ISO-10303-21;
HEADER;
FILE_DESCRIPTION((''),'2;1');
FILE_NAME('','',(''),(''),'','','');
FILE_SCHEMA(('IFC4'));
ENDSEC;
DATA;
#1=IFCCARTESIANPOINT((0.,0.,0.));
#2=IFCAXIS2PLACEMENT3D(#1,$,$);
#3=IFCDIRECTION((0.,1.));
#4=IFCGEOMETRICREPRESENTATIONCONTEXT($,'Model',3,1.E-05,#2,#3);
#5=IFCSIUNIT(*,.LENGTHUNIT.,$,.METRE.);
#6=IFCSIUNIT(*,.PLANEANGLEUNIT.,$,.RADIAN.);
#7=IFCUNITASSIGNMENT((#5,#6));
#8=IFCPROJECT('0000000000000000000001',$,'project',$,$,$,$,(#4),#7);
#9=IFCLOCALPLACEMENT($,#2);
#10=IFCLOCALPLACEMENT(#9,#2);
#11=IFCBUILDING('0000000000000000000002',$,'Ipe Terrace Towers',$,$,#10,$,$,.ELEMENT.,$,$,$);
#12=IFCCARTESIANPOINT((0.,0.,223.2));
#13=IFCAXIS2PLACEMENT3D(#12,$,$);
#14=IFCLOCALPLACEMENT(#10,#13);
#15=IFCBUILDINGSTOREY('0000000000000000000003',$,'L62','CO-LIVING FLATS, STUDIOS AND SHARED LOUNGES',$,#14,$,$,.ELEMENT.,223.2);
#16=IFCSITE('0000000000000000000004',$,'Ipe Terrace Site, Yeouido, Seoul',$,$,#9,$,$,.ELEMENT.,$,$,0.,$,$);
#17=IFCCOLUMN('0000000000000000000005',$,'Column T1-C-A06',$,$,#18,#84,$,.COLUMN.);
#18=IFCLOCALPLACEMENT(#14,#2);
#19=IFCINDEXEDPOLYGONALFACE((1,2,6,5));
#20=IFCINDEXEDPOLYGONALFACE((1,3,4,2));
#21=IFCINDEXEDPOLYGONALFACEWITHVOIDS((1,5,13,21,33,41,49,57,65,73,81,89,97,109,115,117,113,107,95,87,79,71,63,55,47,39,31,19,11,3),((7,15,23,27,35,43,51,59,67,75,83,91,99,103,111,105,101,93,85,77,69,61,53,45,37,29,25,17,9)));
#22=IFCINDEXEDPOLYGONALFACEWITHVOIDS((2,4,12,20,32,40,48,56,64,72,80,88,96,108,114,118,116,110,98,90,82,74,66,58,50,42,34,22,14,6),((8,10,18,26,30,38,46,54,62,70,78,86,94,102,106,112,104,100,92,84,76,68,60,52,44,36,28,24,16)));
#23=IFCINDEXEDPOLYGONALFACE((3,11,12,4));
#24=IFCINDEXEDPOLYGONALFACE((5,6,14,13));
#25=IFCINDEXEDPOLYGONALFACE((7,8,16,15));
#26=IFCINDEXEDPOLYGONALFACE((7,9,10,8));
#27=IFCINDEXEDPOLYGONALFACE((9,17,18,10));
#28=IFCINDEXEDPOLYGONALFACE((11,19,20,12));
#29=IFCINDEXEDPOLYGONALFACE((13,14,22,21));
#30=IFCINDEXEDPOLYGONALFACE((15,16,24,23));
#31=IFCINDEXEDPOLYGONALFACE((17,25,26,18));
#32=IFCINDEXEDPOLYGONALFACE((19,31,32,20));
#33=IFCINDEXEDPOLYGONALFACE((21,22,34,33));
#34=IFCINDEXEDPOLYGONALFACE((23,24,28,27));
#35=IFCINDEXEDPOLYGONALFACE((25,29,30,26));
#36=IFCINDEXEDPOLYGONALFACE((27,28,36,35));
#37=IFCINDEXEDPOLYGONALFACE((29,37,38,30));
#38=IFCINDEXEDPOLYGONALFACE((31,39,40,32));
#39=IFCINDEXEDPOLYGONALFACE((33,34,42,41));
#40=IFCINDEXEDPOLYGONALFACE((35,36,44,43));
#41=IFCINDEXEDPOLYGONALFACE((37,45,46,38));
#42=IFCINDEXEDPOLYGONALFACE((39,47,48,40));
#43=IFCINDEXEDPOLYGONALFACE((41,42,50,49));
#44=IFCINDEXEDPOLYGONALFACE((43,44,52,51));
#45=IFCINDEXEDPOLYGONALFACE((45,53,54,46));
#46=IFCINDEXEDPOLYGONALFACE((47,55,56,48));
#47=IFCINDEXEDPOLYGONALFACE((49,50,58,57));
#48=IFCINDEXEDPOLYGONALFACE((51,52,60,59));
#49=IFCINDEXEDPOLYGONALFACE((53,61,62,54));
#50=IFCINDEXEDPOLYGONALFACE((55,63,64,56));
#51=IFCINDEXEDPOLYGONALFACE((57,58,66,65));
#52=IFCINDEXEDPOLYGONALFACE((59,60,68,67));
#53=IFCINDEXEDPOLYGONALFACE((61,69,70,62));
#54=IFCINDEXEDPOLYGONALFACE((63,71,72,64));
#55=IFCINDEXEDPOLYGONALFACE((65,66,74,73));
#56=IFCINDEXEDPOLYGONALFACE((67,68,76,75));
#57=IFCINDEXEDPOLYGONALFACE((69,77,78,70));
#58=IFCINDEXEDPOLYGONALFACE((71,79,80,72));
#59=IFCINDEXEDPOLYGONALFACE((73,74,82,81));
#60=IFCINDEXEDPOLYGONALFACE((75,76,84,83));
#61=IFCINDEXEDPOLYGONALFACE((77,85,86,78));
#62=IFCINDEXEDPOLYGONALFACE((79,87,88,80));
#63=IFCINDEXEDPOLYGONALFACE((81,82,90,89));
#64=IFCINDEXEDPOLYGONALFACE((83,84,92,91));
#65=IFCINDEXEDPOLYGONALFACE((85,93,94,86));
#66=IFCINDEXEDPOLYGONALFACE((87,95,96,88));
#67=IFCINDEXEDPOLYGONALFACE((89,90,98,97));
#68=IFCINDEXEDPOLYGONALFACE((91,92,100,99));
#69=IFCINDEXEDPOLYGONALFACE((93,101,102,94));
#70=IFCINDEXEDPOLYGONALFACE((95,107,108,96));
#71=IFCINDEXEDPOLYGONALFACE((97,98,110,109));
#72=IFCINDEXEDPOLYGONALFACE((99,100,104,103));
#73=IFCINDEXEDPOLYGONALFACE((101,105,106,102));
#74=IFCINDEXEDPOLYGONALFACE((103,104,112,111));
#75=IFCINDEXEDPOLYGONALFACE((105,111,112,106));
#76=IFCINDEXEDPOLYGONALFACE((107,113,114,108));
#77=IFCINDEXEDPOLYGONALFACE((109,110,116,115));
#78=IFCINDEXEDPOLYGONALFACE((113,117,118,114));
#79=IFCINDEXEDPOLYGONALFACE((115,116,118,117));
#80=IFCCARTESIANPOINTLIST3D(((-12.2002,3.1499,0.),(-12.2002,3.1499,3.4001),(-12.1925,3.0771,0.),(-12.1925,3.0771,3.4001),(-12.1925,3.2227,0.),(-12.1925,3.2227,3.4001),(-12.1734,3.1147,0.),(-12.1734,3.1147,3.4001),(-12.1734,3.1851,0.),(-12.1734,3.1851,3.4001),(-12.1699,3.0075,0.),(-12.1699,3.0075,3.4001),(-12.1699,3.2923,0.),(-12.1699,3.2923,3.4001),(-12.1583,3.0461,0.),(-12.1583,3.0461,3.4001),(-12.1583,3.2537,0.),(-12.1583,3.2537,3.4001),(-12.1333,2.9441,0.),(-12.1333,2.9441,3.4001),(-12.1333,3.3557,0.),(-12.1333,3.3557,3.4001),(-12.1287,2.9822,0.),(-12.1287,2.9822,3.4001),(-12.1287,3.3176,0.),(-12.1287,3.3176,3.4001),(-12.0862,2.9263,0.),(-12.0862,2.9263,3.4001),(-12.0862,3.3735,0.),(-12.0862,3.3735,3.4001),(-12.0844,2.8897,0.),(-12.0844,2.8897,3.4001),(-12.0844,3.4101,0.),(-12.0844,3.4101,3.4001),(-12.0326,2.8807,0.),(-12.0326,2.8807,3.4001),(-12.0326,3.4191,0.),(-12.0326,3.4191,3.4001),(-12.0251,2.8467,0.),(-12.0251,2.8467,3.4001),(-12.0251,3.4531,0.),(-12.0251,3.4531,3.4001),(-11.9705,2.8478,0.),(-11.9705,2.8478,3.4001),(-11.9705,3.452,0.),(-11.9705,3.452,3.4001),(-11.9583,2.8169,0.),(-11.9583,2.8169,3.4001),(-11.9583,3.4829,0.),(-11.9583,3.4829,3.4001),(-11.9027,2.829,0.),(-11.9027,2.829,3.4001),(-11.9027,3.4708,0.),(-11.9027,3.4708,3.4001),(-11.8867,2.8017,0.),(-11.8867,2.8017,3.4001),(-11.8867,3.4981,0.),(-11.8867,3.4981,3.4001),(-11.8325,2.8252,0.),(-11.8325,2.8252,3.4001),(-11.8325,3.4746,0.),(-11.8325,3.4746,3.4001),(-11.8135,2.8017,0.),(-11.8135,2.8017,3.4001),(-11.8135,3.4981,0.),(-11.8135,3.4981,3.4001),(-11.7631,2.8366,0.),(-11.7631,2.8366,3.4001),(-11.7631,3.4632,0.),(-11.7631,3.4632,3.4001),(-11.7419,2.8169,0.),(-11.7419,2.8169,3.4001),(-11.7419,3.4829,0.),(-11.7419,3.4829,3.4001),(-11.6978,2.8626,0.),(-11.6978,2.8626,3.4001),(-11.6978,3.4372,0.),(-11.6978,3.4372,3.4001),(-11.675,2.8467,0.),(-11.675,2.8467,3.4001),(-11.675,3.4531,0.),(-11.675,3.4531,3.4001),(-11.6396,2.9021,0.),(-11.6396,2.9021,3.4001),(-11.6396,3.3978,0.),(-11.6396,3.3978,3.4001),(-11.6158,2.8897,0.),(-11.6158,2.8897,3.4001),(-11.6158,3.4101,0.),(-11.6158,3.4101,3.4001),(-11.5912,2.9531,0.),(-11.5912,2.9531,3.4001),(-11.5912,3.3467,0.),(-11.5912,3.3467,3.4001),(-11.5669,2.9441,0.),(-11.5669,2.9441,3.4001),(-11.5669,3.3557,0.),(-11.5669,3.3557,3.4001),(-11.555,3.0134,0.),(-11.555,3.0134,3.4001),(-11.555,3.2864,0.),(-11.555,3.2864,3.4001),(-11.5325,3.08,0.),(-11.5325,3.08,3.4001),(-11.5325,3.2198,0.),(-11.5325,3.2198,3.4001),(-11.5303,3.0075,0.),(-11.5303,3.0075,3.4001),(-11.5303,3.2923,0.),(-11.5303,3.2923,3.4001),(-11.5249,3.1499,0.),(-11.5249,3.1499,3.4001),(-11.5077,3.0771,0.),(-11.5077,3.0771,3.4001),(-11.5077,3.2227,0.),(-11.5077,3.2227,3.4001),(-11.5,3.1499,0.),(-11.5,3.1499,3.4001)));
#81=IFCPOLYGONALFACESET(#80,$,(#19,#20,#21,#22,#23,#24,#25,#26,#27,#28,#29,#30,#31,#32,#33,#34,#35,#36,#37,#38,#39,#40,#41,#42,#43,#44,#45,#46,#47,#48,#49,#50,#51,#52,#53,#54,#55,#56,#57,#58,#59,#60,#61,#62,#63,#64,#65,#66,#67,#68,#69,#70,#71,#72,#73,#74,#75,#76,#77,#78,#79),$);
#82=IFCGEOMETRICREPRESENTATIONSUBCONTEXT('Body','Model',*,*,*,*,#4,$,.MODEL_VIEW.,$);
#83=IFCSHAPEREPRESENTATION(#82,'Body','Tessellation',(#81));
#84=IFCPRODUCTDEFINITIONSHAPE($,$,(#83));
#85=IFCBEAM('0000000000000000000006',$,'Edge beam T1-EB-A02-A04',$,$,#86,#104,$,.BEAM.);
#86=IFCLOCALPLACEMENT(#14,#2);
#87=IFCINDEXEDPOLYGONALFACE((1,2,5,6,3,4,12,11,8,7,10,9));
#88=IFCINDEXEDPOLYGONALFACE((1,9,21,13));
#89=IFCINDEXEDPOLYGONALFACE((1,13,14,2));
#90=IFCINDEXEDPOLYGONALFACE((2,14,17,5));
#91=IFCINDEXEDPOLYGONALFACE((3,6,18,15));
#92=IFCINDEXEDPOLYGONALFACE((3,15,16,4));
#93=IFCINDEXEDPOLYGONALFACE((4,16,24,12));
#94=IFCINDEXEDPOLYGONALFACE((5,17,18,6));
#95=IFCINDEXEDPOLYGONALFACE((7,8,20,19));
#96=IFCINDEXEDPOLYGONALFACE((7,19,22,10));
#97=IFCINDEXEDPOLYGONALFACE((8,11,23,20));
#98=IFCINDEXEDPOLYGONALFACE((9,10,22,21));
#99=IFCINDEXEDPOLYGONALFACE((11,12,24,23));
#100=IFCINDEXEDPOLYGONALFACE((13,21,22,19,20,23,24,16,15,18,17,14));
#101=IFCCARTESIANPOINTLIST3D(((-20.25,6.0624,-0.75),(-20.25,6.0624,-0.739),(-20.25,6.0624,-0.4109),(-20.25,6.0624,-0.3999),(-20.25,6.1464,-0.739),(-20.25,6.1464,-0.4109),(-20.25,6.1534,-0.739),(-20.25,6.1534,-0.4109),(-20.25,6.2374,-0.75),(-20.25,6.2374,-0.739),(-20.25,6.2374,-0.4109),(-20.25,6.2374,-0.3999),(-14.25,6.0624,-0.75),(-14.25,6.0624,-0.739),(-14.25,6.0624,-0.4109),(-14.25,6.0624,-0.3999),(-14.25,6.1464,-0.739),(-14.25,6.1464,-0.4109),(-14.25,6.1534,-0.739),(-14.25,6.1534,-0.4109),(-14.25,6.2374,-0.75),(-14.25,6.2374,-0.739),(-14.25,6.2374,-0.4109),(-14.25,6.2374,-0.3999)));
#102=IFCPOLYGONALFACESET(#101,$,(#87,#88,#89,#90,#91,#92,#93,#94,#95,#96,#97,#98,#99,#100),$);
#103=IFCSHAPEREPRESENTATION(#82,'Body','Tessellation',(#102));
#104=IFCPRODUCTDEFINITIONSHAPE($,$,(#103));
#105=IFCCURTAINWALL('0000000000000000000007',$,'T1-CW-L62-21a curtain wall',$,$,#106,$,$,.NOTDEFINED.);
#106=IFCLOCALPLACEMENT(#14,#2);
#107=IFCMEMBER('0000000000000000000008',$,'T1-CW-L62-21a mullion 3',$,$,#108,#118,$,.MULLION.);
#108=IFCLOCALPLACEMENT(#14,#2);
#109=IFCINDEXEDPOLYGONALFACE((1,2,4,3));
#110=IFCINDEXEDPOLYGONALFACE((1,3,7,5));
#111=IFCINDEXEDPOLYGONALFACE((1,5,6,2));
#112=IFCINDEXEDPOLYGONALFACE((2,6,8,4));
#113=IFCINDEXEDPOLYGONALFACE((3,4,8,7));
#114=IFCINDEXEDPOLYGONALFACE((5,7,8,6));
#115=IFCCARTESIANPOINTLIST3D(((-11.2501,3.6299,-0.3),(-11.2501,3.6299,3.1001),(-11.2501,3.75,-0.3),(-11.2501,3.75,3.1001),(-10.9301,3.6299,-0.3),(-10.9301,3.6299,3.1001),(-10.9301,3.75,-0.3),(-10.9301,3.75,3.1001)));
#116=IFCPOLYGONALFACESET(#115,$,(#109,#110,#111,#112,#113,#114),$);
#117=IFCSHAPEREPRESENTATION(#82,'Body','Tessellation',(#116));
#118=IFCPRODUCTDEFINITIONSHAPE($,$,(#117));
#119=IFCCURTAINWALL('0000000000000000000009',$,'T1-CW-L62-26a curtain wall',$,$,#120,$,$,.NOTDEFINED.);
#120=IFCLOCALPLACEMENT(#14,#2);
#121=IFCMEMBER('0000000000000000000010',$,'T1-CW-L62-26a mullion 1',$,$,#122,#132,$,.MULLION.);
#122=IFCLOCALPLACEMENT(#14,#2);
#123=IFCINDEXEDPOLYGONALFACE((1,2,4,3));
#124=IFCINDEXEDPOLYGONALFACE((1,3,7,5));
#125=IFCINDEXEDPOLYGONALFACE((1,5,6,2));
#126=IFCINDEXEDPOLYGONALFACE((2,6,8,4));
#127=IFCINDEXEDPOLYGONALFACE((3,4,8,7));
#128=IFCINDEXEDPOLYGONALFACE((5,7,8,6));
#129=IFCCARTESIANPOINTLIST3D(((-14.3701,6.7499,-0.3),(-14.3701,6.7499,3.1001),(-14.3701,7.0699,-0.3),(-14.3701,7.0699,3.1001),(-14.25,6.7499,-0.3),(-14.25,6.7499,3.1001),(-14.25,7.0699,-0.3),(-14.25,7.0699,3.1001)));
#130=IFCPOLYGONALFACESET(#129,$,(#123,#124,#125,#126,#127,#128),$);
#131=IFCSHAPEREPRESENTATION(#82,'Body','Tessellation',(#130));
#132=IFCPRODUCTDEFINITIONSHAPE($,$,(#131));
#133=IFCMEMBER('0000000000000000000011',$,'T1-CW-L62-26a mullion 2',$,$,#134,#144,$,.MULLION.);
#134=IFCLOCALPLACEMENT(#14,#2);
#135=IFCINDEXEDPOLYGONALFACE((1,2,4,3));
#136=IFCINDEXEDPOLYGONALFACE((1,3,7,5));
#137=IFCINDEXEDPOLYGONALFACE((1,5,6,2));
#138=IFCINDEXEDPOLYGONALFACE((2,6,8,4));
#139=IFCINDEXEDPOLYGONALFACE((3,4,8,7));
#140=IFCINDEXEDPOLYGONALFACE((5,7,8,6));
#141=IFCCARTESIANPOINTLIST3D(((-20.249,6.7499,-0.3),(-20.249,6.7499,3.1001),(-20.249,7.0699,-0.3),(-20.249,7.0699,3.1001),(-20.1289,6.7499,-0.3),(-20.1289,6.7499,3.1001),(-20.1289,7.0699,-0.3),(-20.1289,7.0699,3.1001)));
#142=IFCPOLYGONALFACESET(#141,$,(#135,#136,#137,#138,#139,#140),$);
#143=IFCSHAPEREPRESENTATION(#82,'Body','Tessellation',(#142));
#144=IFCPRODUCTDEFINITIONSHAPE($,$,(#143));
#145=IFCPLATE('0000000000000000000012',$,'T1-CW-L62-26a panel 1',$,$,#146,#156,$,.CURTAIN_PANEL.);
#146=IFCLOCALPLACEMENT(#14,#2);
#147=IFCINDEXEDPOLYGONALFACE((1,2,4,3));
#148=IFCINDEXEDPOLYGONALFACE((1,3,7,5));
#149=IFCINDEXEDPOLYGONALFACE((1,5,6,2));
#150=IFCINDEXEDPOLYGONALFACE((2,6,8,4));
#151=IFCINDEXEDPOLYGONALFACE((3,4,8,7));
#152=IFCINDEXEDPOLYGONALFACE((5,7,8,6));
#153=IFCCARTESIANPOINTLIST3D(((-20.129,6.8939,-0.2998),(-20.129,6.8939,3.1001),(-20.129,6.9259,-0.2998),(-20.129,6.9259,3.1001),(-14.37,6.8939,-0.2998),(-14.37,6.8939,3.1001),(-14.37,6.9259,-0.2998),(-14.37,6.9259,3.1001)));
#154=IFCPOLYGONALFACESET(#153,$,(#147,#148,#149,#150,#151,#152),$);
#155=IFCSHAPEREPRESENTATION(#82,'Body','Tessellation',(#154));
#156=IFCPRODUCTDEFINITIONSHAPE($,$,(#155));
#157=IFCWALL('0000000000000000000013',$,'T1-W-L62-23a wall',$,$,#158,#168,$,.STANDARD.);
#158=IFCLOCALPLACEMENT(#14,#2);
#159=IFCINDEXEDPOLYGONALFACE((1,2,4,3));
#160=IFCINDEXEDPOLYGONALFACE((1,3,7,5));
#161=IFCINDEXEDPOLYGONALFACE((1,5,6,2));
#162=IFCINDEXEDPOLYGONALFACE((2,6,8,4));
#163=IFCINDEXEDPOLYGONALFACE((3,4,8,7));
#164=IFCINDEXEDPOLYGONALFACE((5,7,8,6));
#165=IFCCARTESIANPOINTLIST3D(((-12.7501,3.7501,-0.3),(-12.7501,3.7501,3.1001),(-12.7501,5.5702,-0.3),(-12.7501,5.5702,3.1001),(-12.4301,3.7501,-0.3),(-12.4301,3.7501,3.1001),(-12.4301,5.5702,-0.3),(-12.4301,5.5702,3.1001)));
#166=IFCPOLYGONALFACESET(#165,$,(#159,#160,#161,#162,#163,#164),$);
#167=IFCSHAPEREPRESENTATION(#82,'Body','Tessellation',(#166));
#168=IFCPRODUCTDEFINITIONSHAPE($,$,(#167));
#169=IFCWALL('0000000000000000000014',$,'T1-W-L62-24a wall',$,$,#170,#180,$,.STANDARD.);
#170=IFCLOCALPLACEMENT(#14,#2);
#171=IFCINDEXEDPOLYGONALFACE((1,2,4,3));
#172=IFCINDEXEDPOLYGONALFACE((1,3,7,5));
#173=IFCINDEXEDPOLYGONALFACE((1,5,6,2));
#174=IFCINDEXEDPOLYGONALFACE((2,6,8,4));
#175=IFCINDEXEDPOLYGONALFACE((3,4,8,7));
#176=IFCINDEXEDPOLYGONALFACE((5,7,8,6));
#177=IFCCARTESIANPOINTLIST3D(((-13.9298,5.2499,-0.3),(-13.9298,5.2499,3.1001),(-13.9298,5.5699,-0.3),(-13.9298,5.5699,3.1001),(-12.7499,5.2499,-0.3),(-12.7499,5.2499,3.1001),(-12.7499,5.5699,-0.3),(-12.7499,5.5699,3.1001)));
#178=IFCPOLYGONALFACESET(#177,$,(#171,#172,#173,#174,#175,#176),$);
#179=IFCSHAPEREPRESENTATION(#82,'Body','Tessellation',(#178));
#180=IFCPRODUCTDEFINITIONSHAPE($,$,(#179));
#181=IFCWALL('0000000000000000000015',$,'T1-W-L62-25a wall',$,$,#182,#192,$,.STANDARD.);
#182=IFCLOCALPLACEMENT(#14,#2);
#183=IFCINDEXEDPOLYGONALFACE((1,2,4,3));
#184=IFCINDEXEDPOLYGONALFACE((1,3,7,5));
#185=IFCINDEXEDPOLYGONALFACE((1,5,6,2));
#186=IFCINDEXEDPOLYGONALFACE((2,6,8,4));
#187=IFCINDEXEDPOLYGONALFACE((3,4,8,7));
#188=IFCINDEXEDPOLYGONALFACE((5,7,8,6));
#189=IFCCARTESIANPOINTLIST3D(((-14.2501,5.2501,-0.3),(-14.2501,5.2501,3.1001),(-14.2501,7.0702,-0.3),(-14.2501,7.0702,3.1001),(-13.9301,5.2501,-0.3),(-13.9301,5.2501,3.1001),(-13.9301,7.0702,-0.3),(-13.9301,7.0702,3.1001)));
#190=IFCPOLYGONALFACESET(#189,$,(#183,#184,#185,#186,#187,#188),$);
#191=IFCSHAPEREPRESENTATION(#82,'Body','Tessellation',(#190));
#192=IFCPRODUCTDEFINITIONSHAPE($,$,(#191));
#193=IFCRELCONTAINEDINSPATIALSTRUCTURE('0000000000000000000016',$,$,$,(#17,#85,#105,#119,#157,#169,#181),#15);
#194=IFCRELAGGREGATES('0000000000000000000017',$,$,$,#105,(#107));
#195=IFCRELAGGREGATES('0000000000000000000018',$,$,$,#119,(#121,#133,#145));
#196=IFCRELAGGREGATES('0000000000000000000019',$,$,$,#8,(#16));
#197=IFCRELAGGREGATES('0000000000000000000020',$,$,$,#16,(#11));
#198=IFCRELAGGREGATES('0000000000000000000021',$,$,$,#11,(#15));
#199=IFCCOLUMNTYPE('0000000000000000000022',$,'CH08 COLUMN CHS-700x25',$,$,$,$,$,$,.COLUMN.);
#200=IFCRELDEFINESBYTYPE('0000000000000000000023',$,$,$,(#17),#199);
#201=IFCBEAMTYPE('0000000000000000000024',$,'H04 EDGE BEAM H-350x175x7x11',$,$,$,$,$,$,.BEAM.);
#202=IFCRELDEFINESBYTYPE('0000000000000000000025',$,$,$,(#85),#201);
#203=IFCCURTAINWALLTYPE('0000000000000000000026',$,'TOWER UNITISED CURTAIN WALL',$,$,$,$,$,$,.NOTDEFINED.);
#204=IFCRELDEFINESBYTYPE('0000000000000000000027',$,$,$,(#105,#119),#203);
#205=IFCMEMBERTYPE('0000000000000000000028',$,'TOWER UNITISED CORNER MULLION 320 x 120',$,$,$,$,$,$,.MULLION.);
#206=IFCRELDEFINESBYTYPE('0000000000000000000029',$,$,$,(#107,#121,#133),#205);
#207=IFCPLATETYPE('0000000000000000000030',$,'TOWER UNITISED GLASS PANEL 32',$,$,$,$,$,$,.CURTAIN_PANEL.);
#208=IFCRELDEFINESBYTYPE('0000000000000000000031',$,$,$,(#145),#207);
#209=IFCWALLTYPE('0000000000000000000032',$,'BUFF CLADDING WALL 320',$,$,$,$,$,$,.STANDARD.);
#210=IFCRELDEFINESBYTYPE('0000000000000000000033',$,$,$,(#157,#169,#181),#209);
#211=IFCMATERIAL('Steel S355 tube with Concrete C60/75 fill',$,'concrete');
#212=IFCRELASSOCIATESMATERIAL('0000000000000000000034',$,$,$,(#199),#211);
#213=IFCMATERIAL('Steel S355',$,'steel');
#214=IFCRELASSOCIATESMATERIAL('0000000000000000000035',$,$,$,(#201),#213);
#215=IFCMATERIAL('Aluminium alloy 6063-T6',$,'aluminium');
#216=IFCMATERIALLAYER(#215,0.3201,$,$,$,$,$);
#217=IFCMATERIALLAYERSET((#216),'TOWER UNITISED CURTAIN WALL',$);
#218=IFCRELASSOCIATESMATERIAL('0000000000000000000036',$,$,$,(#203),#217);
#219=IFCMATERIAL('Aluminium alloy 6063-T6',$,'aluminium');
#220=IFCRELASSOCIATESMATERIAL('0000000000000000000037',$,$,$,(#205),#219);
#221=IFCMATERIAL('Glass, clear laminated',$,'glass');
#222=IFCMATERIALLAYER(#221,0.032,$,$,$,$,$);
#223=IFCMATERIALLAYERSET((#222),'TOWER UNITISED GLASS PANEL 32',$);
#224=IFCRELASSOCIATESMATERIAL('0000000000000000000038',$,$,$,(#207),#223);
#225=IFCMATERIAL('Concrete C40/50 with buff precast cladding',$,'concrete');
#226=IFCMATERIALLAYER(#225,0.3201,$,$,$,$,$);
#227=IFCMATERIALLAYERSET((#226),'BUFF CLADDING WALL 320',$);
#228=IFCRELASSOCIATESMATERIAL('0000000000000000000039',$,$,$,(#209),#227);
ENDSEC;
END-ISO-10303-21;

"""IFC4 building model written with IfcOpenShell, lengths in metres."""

from ifc_helpers import new_model, si_unit, direction, frame, frame_2d, origin, origin_2d, place, context, subcontext, project, spatial, rectangle, hollow_circle, i_section, extrude, material, layer, layer_set, material_profile, profile_set, type_object, element, aggregate, save


model = new_model("IFC4")

# Units and contexts
model_context = context("Model", 3, precision=1e-05, world=origin(), true_north=direction((0.0, 1.0)))
body_context = subcontext(model_context, "Body", "Model", "MODEL_VIEW")
ifc_project = project(units=[si_unit("LENGTHUNIT", "METRE"), si_unit("PLANEANGLEUNIT", "RADIAN")], contexts=[model_context])

# Site, building, storey
site_placement = place(None, origin())
site = spatial("IfcSite", under=ifc_project, at=site_placement, Name="Ipe Terrace Site, Yeouido, Seoul", CompositionType="ELEMENT", RefElevation=0.0)
building_placement = place(site_placement, origin())
building = spatial("IfcBuilding", under=site, at=building_placement, Name="Ipe Terrace Towers", CompositionType="ELEMENT")
storey_placement = place(building_placement, frame((0.0, 0.0, 223.2)))
storey = spatial("IfcBuildingStorey", under=building, at=storey_placement, Name="L62", Description="CO-LIVING FLATS, STUDIOS AND SHARED LOUNGES", CompositionType="ELEMENT", Elevation=223.2)

# Column
ifc_material_1 = material(Name="Steel S355 tube with Concrete C60/75 fill", Category="concrete")
ifc_material_profile_1 = material_profile(ifc_material_1, hollow_circle(Radius=0.3501, WallThickness=0.0249, at=origin_2d()), Name="CHS-700x25")
ifc_profile_set_1 = profile_set([ifc_material_profile_1], Name="Steel S355 tube with Concrete C60/75 fill")
column_type = type_object("IfcColumnType", Name="CH08 COLUMN CHS-700x25", PredefinedType="COLUMN", material=ifc_profile_set_1)
for number, where, z_axis, x_axis, name in (
    (1, (-11.8501, 3.1499, 0.0), (0.0, 0.0, 1.0), (1.0, 0.0, 0.0), "Column T1-C-A06"),
):
    element("IfcColumn", number, at=place(storey_placement, frame(where, z_axis=z_axis, x_axis=x_axis)), inside=storey, type_object=column_type, Name=name, PredefinedType="COLUMN", context=body_context, shape_type="SweptSolid", body=[
        extrude(hollow_circle(Radius=0.3501, WallThickness=0.0249, at=origin_2d()), origin(), (0.0, 0.0, 1.0), 3.4001),
    ])

# Beam
ifc_material_2 = material(Name="Steel S355", Category="steel")
ifc_material_profile_2 = material_profile(ifc_material_2, i_section(OverallWidth=0.175, OverallDepth=0.3501, WebThickness=0.0071, FlangeThickness=0.011, at=origin_2d()), Name="H-350x175x7x11")
ifc_profile_set_2 = profile_set([ifc_material_profile_2], Name="Steel S355")
beam_type = type_object("IfcBeamType", Name="H04 EDGE BEAM H-350x175x7x11", PredefinedType="BEAM", material=ifc_profile_set_2)
beam_placement = place(storey_placement, frame((-20.25, 6.1499, -0.575), z_axis=(1.0, 0.0, 0.0), x_axis=(0.0, 1.0, 0.0)))
element("IfcBeam", 2, at=beam_placement, inside=storey, type_object=beam_type, Name="Edge beam T1-EB-A02-A04", PredefinedType="BEAM", context=body_context, shape_type="SweptSolid", body=[
    extrude(i_section(OverallWidth=0.175, OverallDepth=0.3501, WebThickness=0.0071, FlangeThickness=0.011, at=origin_2d()), origin(), (0.0, 0.0, 1.0), 6.0),
])

# Curtain wall, member
ifc_material_3 = material(Name="Aluminium alloy 6063-T6", Category="aluminium")
ifc_layer_1 = layer(ifc_material_3, 0.3201)
ifc_layer_set_1 = layer_set([ifc_layer_1], Name="TOWER UNITISED CURTAIN WALL")
curtain_wall_type = type_object("IfcCurtainWallType", Name="TOWER UNITISED CURTAIN WALL", PredefinedType="NOTDEFINED", material=ifc_layer_set_1)
curtain_wall_1_placement = place(storey_placement, origin())
curtain_wall_1 = element("IfcCurtainWall", 3, at=curtain_wall_1_placement, inside=storey, type_object=curtain_wall_type, Name="T1-CW-L62-21a curtain wall", PredefinedType="NOTDEFINED")
ifc_material_4 = material(Name="Aluminium alloy 6063-T6", Category="aluminium")
ifc_material_profile_3 = material_profile(ifc_material_4, rectangle(XDim=0.3201, YDim=0.1201, at=origin_2d()), Name="TOWER UNITISED CORNER MULLION 320 x 120")
ifc_profile_set_3 = profile_set([ifc_material_profile_3], Name="Aluminium alloy 6063-T6")
member_type = type_object("IfcMemberType", Name="TOWER UNITISED CORNER MULLION 320 x 120", PredefinedType="MULLION", material=ifc_profile_set_3)
member_1_placement = place(storey_placement, frame((-11.0901, 3.6899, -0.3), z_axis=(0.0, 0.0, 1.0), x_axis=(1.0, 0.0, 0.0)))
member_1 = element("IfcMember", 4, at=member_1_placement, type_object=member_type, Name="T1-CW-L62-21a mullion 3", PredefinedType="MULLION", context=body_context, shape_type="SweptSolid", body=[
    extrude(rectangle(XDim=0.3201, YDim=0.1201, at=origin_2d()), origin(), (0.0, 0.0, 1.0), 3.4001),
])
aggregate(curtain_wall_1, [member_1])

# Curtain wall, members, plate
curtain_wall_2_placement = place(storey_placement, origin())
curtain_wall_2 = element("IfcCurtainWall", 5, at=curtain_wall_2_placement, inside=storey, type_object=curtain_wall_type, Name="T1-CW-L62-26a curtain wall", PredefinedType="NOTDEFINED")
member_2_placement = place(storey_placement, frame((-14.3101, 6.9099, -0.3), z_axis=(0.0, 0.0, 1.0), x_axis=(0.0, 1.0, 0.0)))
member_2 = element("IfcMember", 6, at=member_2_placement, type_object=member_type, Name="T1-CW-L62-26a mullion 1", PredefinedType="MULLION", context=body_context, shape_type="SweptSolid", body=[
    extrude(rectangle(XDim=0.3201, YDim=0.1201, at=origin_2d()), origin(), (0.0, 0.0, 1.0), 3.4001),
])
member_3_placement = place(storey_placement, frame((-20.189, 6.9099, -0.3), z_axis=(0.0, 0.0, 1.0), x_axis=(0.0, 1.0, 0.0)))
member_3 = element("IfcMember", 7, at=member_3_placement, type_object=member_type, Name="T1-CW-L62-26a mullion 2", PredefinedType="MULLION", context=body_context, shape_type="SweptSolid", body=[
    extrude(rectangle(XDim=0.3201, YDim=0.1201, at=origin_2d()), origin(), (0.0, 0.0, 1.0), 3.4001),
])
ifc_material_5 = material(Name="Glass, clear laminated", Category="glass")
ifc_layer_2 = layer(ifc_material_5, 0.032)
ifc_layer_set_2 = layer_set([ifc_layer_2], Name="TOWER UNITISED GLASS PANEL 32")
plate_type = type_object("IfcPlateType", Name="TOWER UNITISED GLASS PANEL 32", PredefinedType="CURTAIN_PANEL", material=ifc_layer_set_2)
plate_placement = place(storey_placement, frame((-17.2495, 6.9099, -0.2998), z_axis=(0.0, 0.0, 1.0), x_axis=(-1.0, 0.0, 0.0)))
plate = element("IfcPlate", 8, at=plate_placement, type_object=plate_type, Name="T1-CW-L62-26a panel 1", PredefinedType="CURTAIN_PANEL", context=body_context, shape_type="SweptSolid", body=[
    extrude(rectangle(XDim=5.759, YDim=0.032, at=origin_2d()), origin(), (0.0, 0.0, 1.0), 3.3999),
])
aggregate(curtain_wall_2, [member_2, member_3, plate])

# Walls
ifc_material_6 = material(Name="Concrete C40/50 with buff precast cladding", Category="concrete")
ifc_layer_3 = layer(ifc_material_6, 0.3201)
ifc_layer_set_3 = layer_set([ifc_layer_3], Name="BUFF CLADDING WALL 320")
wall_type_1 = type_object("IfcWallType", Name="BUFF CLADDING WALL 320", PredefinedType="STANDARD", material=ifc_layer_set_3)
wall_1_placement = place(storey_placement, frame((-12.5901, 3.75, -0.3), z_axis=(0.0, 0.0, 1.0), x_axis=(0.0, 1.0, 0.0)))
element("IfcWall", 9, at=wall_1_placement, inside=storey, type_object=wall_type_1, Name="T1-W-L62-23a wall", PredefinedType="STANDARD", context=body_context, shape_type="SweptSolid", body=[
    extrude(rectangle(XDim=1.8201, YDim=0.3201, at=frame_2d((0.9102, 0.0))), origin(), (0.0, 0.0, 1.0), 3.4001),
])
wall_2_placement = place(storey_placement, frame((-12.75, 5.4099, -0.3), z_axis=(0.0, 0.0, 1.0), x_axis=(-1.0, 0.0, 0.0)))
element("IfcWall", 10, at=wall_2_placement, inside=storey, type_object=wall_type_1, Name="T1-W-L62-24a wall", PredefinedType="STANDARD", context=body_context, shape_type="SweptSolid", body=[
    extrude(rectangle(XDim=1.1799, YDim=0.3201, at=frame_2d((0.5898, 0.0))), origin(), (0.0, 0.0, 1.0), 3.4001),
])
wall_3_placement = place(storey_placement, frame((-14.0901, 5.25, -0.3), z_axis=(0.0, 0.0, 1.0), x_axis=(0.0, 1.0, 0.0)))
element("IfcWall", 11, at=wall_3_placement, inside=storey, type_object=wall_type_1, Name="T1-W-L62-25a wall", PredefinedType="STANDARD", context=body_context, shape_type="SweptSolid", body=[
    extrude(rectangle(XDim=1.8201, YDim=0.3201, at=frame_2d((0.9102, 0.0))), origin(), (0.0, 0.0, 1.0), 3.4001),
])

save(model, "model.ifc")
